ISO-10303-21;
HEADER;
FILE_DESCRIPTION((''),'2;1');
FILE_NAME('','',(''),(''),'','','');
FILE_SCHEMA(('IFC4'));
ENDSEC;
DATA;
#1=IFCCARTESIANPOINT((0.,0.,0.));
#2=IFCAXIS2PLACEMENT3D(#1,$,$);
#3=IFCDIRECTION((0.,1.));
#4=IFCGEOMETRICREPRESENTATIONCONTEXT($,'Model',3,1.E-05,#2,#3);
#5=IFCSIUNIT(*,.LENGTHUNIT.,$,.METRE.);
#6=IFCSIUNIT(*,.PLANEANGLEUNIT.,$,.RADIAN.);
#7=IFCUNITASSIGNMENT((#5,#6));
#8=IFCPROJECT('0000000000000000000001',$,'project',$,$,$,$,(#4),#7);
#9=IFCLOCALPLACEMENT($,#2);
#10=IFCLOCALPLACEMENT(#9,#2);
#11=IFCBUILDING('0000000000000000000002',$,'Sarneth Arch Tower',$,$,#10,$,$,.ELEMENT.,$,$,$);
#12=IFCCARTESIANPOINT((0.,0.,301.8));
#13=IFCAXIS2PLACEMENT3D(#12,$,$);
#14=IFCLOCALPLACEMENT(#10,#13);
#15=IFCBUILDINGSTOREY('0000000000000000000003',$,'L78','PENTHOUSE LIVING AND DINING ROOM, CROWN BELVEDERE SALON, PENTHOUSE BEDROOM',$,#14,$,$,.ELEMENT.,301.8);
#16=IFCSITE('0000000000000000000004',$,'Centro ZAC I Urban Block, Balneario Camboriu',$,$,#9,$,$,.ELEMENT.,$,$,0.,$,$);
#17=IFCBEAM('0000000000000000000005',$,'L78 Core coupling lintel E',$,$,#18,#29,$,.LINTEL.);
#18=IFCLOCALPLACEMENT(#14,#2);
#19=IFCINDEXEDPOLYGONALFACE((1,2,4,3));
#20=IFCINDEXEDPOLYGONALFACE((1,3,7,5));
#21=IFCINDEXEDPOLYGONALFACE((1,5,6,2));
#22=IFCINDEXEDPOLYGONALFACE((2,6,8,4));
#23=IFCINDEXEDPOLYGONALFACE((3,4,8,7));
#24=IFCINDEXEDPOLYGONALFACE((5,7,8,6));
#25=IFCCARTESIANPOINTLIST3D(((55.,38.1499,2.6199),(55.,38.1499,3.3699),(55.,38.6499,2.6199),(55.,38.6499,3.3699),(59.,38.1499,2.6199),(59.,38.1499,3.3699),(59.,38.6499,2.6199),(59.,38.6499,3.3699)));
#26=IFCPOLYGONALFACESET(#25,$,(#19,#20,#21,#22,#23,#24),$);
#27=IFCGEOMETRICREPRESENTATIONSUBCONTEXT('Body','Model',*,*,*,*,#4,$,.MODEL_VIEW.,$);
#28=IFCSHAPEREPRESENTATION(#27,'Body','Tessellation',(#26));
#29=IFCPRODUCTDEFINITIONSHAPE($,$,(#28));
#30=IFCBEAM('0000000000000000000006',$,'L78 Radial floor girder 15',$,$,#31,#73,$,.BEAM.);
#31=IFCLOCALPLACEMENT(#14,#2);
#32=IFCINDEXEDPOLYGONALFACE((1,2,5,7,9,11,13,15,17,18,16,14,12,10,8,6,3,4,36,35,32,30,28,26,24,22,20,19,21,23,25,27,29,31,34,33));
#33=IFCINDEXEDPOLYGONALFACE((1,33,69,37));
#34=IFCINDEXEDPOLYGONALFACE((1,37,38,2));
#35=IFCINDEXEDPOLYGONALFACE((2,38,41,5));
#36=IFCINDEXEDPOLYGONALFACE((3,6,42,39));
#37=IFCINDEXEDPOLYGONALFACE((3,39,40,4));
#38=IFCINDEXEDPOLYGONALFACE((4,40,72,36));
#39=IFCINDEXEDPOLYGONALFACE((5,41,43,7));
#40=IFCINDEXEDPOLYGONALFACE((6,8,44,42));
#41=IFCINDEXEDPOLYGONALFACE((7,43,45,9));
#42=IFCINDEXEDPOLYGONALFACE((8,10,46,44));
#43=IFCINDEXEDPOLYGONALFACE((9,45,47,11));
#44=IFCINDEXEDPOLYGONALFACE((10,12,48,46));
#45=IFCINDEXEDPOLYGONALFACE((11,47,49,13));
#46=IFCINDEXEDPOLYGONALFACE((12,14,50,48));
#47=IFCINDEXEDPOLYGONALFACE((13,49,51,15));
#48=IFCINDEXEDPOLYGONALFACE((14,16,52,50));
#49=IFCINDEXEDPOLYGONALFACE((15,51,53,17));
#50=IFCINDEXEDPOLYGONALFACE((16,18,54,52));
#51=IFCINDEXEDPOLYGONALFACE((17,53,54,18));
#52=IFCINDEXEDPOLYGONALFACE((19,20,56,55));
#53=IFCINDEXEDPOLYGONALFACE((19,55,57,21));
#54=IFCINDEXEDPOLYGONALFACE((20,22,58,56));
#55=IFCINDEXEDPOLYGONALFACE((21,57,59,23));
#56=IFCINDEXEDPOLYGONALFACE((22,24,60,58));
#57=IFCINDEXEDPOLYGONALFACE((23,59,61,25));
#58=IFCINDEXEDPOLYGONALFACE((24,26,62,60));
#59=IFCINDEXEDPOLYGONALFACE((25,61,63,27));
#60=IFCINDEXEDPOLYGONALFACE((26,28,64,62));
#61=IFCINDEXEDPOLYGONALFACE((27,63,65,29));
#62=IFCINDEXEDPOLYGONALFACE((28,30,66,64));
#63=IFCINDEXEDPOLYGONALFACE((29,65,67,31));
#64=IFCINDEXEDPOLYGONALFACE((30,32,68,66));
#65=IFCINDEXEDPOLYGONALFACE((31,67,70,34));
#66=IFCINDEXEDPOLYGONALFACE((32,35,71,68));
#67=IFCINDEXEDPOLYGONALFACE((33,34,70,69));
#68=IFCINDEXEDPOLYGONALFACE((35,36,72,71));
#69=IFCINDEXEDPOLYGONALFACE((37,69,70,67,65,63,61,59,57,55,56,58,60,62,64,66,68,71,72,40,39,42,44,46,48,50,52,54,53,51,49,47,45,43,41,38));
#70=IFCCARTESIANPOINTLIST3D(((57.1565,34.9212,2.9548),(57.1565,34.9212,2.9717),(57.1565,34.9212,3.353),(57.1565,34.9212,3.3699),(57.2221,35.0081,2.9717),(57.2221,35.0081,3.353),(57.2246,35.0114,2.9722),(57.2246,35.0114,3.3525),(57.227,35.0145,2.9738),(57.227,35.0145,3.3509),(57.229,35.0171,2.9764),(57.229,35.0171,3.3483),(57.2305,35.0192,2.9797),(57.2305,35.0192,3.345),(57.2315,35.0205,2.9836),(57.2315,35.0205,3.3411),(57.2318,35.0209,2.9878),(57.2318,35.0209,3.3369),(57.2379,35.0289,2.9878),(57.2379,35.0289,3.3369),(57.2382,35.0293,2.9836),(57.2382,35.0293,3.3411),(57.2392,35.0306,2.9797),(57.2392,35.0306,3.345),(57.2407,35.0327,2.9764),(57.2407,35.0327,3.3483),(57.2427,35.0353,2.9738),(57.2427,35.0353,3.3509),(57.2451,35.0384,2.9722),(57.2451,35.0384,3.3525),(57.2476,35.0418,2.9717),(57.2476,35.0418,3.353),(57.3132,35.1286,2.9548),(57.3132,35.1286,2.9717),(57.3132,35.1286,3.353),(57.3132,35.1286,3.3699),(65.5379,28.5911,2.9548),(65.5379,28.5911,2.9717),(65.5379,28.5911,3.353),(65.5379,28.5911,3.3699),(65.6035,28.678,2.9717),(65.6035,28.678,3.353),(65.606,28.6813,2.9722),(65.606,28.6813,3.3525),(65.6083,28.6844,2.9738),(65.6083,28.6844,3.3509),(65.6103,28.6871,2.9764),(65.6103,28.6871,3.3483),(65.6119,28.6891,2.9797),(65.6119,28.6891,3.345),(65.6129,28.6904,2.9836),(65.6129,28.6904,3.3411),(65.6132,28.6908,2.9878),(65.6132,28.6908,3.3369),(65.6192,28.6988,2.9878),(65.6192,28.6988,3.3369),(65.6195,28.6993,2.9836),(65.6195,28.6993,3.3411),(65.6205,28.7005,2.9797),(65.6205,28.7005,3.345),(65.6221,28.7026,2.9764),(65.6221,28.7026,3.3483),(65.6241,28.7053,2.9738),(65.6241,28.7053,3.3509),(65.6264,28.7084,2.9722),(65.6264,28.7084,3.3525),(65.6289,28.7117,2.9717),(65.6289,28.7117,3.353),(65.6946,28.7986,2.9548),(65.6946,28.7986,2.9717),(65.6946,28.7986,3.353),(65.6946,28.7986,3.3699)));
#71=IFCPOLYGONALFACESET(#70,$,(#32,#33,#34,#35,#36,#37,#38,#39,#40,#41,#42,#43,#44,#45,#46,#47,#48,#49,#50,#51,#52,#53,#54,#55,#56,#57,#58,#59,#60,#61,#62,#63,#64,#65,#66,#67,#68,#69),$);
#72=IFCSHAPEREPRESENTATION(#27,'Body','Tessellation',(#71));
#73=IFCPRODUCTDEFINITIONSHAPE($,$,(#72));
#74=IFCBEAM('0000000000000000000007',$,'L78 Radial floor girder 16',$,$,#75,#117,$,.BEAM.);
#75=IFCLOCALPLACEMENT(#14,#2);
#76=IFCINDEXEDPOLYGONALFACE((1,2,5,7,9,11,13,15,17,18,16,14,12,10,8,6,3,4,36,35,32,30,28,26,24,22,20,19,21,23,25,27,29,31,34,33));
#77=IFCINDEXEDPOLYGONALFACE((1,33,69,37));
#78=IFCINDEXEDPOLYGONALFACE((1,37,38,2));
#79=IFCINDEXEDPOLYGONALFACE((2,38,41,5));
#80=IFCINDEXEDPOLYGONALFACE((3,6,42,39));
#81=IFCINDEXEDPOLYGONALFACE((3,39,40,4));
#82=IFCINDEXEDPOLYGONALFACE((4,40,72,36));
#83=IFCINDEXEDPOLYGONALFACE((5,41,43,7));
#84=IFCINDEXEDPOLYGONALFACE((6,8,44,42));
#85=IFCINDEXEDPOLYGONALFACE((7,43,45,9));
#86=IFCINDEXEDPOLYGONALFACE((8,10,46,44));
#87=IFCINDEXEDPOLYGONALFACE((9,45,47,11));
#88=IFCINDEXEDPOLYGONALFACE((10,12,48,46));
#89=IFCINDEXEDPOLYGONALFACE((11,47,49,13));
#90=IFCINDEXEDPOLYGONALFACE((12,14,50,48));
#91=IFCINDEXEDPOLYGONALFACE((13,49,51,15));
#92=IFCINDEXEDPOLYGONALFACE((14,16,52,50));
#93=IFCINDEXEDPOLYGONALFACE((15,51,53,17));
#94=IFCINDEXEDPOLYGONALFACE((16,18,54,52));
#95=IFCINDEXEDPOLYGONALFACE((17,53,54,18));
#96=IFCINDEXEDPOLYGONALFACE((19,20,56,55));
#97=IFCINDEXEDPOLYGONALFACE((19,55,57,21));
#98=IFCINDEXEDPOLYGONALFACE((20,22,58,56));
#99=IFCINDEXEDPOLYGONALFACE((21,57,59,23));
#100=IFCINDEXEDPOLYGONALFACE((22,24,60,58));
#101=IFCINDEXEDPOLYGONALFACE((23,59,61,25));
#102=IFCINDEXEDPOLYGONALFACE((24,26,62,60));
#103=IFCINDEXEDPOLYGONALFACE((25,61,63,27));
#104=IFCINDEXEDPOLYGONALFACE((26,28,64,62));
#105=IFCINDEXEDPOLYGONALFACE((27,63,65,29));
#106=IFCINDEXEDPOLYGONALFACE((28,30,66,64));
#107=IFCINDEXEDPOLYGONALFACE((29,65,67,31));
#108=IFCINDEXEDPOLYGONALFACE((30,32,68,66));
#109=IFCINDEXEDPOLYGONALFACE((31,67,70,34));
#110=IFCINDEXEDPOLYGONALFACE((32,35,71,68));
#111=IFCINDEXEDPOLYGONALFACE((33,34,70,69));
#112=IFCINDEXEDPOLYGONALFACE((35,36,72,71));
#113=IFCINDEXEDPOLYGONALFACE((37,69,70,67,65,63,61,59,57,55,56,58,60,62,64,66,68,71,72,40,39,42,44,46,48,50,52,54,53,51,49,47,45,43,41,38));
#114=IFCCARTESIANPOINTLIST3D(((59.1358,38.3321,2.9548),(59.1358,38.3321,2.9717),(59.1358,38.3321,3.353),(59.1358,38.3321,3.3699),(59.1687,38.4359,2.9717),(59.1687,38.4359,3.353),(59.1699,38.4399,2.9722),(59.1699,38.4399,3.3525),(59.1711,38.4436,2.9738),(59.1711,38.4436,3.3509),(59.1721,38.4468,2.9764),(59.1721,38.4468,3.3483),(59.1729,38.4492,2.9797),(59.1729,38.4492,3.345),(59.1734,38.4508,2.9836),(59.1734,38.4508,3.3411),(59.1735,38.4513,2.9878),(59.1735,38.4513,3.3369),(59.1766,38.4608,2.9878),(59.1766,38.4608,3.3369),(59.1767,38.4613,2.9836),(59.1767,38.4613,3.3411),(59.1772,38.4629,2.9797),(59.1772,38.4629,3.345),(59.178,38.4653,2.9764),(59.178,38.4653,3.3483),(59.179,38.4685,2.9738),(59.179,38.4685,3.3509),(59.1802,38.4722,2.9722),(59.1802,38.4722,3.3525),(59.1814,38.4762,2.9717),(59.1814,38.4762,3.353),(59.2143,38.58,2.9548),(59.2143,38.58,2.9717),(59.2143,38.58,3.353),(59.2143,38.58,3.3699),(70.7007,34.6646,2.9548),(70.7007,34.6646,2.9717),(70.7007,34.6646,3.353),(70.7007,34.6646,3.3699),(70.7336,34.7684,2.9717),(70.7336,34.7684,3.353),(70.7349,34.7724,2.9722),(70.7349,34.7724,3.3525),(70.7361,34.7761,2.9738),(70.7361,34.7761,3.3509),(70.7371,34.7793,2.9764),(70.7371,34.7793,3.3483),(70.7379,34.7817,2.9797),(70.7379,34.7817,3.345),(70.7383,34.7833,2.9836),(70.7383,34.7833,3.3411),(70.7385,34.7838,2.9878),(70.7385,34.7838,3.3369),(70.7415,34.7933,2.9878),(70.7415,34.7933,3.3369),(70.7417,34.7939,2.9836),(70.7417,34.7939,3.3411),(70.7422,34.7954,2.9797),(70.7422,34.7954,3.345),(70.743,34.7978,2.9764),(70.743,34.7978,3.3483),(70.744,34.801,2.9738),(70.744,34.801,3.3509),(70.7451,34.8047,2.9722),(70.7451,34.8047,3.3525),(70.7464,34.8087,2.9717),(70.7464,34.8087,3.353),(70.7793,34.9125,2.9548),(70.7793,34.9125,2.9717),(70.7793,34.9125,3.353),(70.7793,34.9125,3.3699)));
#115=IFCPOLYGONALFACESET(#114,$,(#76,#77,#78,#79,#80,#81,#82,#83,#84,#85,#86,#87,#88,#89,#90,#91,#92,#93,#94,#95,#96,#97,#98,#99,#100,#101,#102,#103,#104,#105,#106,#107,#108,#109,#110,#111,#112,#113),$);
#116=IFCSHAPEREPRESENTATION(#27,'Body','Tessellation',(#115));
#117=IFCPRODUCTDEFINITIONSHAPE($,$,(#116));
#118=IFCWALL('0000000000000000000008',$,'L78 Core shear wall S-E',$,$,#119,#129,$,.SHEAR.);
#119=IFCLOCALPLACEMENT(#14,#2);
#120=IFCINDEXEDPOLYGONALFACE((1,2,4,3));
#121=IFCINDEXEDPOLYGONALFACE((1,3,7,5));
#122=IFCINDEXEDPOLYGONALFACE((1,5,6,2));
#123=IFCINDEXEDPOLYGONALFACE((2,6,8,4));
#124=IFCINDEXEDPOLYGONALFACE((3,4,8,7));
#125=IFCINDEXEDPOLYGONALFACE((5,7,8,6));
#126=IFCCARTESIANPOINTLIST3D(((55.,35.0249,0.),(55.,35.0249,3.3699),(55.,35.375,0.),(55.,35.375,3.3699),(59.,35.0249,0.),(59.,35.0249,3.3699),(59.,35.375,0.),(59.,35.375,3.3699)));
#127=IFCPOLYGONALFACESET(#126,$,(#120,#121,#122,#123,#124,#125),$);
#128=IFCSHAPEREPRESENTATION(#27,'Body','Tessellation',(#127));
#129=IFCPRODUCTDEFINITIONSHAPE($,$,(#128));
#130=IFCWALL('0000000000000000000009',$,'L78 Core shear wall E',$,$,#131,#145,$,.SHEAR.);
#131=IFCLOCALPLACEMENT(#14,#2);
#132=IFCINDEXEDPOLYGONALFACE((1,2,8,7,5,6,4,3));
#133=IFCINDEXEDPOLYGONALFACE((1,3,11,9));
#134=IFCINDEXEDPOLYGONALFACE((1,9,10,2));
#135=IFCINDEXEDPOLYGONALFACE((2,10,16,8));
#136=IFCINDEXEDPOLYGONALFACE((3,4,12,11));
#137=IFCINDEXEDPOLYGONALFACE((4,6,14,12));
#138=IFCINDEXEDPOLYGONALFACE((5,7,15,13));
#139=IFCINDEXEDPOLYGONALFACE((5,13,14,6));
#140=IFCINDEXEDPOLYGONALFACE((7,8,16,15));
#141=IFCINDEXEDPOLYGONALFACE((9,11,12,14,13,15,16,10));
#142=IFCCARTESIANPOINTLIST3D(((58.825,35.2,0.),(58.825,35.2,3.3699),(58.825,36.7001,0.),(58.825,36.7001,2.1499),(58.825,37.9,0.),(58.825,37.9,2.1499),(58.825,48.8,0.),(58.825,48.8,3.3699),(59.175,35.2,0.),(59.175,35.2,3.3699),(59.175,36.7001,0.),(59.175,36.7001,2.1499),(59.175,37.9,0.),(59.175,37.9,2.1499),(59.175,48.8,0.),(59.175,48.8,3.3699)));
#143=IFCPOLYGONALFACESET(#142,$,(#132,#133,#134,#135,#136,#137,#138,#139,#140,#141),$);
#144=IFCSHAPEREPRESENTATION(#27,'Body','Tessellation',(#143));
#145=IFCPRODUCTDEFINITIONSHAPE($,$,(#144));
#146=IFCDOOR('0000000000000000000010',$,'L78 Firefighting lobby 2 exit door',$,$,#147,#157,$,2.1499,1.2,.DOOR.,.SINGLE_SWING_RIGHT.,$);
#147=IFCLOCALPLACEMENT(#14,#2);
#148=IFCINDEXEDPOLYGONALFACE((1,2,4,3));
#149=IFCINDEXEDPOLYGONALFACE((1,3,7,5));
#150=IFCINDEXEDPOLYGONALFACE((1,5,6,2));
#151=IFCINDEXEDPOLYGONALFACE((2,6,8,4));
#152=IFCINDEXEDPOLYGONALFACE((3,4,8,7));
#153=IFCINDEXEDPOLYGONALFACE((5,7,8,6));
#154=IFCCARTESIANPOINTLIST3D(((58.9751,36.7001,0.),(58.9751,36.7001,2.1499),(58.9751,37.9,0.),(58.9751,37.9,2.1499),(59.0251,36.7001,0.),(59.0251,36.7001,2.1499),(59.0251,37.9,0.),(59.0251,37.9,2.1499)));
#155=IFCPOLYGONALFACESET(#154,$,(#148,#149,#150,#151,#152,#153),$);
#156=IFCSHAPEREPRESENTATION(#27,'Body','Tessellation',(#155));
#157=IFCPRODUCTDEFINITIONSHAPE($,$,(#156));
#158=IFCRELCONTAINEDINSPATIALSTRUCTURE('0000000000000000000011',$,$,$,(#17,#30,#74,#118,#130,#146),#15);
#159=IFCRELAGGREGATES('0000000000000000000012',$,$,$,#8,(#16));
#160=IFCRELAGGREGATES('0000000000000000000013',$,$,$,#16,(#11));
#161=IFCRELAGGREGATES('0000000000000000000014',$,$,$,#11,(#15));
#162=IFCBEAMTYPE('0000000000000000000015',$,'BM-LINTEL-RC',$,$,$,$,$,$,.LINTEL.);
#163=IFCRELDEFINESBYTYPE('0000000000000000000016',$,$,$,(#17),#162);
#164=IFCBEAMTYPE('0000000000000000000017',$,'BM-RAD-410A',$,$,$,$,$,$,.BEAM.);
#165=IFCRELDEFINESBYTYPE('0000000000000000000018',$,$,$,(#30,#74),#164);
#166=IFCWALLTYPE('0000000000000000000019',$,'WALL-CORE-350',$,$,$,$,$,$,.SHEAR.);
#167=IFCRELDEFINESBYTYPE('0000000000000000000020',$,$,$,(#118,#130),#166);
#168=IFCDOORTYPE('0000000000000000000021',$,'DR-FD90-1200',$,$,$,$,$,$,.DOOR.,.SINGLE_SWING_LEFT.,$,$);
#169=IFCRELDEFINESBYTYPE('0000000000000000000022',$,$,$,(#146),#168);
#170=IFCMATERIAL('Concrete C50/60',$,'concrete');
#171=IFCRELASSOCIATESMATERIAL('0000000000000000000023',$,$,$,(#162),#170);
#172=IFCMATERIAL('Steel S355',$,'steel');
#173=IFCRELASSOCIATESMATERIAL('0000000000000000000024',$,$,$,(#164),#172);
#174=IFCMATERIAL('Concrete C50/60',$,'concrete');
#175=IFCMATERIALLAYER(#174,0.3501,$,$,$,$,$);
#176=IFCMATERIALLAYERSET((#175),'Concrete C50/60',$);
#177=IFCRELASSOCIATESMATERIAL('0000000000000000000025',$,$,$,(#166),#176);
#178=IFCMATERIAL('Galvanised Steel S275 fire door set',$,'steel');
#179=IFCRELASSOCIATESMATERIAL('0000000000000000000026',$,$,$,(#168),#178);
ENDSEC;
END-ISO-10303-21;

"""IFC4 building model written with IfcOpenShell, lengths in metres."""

from ifc_helpers import new_model, si_unit, direction, frame, frame_2d, origin, origin_2d, place, context, subcontext, project, spatial, rectangle, i_section, extrude, material, layer, layer_set, material_profile, profile_set, type_object, element, fill, save


model = new_model("IFC4")

# Units and contexts
model_context = context("Model", 3, precision=1e-05, world=origin(), true_north=direction((0.0, 1.0)))
body_context = subcontext(model_context, "Body", "Model", "MODEL_VIEW")
ifc_project = project(units=[si_unit("LENGTHUNIT", "METRE"), si_unit("PLANEANGLEUNIT", "RADIAN")], contexts=[model_context])

# Site, building, storey
site_placement = place(None, origin())
site = spatial("IfcSite", under=ifc_project, at=site_placement, Name="Centro ZAC I Urban Block, Balneario Camboriu", CompositionType="ELEMENT", RefElevation=0.0)
building_placement = place(site_placement, origin())
building = spatial("IfcBuilding", under=site, at=building_placement, Name="Sarneth Arch Tower", CompositionType="ELEMENT")
storey_placement = place(building_placement, frame((0.0, 0.0, 301.8)))
storey = spatial("IfcBuildingStorey", under=building, at=storey_placement, Name="L78", Description="PENTHOUSE LIVING AND DINING ROOM, CROWN BELVEDERE SALON, PENTHOUSE BEDROOM", CompositionType="ELEMENT", Elevation=301.8)

# Beams
ifc_material_1 = material(Name="Concrete C50/60", Category="concrete")
ifc_material_profile_1 = material_profile(ifc_material_1, rectangle(XDim=0.5, YDim=0.75, at=origin_2d()), Name="RC-500x750")
ifc_profile_set_1 = profile_set([ifc_material_profile_1], Name="Concrete C50/60")
beam_type_1 = type_object("IfcBeamType", Name="BM-LINTEL-RC", PredefinedType="LINTEL", material=ifc_profile_set_1)
beam_1_placement = place(storey_placement, frame((55.0, 38.3999, 2.9949), z_axis=(1.0, 0.0, 0.0), x_axis=(0.0, 1.0, 0.0)))
element("IfcBeam", 1, at=beam_1_placement, inside=storey, type_object=beam_type_1, Name="L78 Core coupling lintel E", PredefinedType="LINTEL", context=body_context, shape_type="SweptSolid", body=[
    extrude(rectangle(XDim=0.5, YDim=0.75, at=origin_2d()), origin(), (0.0, 0.0, 1.0), 4.0),
])
ifc_material_2 = material(Name="Steel S355", Category="steel")
ifc_material_profile_2 = material_profile(ifc_material_2, i_section(OverallWidth=0.26, OverallDepth=0.415, WebThickness=0.01, FlangeThickness=0.0168, FilletRadius=0.0161, at=origin_2d()), Name="W410x100")
ifc_profile_set_2 = profile_set([ifc_material_profile_2], Name="Steel S355")
beam_type_2 = type_object("IfcBeamType", Name="BM-RAD-410A", PredefinedType="BEAM", material=ifc_profile_set_2)
beam_2_placement = place(storey_placement, frame((57.2349, 35.0249, 3.1624), z_axis=(0.797982, -0.602682, 0.0), x_axis=(0.602682, 0.797982, 0.0)))
element("IfcBeam", 2, at=beam_2_placement, inside=storey, type_object=beam_type_2, Name="L78 Radial floor girder 15", PredefinedType="BEAM", context=body_context, shape_type="SweptSolid", body=[
    extrude(i_section(OverallWidth=0.26, OverallDepth=0.415, WebThickness=0.01, FlangeThickness=0.0168, FilletRadius=0.0161, at=origin_2d()), origin(), (0.0, 0.0, 1.0), 10.5032),
])
beam_3_placement = place(storey_placement, frame((59.175, 38.4561, 3.1624), z_axis=(0.953218, -0.302285, 0.0), x_axis=(0.302285, 0.953218, 0.0)))
element("IfcBeam", 3, at=beam_3_placement, inside=storey, type_object=beam_type_2, Name="L78 Radial floor girder 16", PredefinedType="BEAM", context=body_context, shape_type="SweptSolid", body=[
    extrude(i_section(OverallWidth=0.26, OverallDepth=0.415, WebThickness=0.01, FlangeThickness=0.0168, FilletRadius=0.0161, at=origin_2d()), origin(), (0.0, 0.0, 1.0), 12.1326),
])

# Wall
ifc_material_3 = material(Name="Concrete C50/60", Category="concrete")
ifc_layer_1 = layer(ifc_material_3, 0.3501)
ifc_layer_set_1 = layer_set([ifc_layer_1], Name="Concrete C50/60")
wall_type_1 = type_object("IfcWallType", Name="WALL-CORE-350", PredefinedType="SHEAR", material=ifc_layer_set_1)
wall_1_placement = place(storey_placement, frame((55.0, 35.2, 0.0), z_axis=(0.0, 0.0, 1.0), x_axis=(1.0, 0.0, 0.0)))
element("IfcWall", 4, at=wall_1_placement, inside=storey, type_object=wall_type_1, Name="L78 Core shear wall S-E", PredefinedType="SHEAR", context=body_context, shape_type="SweptSolid", body=[
    extrude(rectangle(XDim=4.0, YDim=0.3501, at=frame_2d((2.0, 0.0))), origin(), (0.0, 0.0, 1.0), 3.3699),
])

# Wall, opening, door
wall_2_placement = place(storey_placement, frame((59.0, 35.2, 0.0), z_axis=(0.0, 0.0, 1.0), x_axis=(0.0, 1.0, 0.0)))
wall_2 = element("IfcWall", 5, at=wall_2_placement, inside=storey, type_object=wall_type_1, Name="L78 Core shear wall E", PredefinedType="SHEAR", context=body_context, shape_type="SweptSolid", body=[
    extrude(rectangle(XDim=13.6001, YDim=0.3501, at=frame_2d((6.8, 0.0))), origin(), (0.0, 0.0, 1.0), 3.3699),
])
opening_1_placement = place(wall_2_placement, frame((1.5, 0.0, 0.0)))
opening_1 = element("IfcOpeningElement", 6, at=opening_1_placement, cuts=wall_2, PredefinedType="OPENING", context=body_context, shape_type="SweptSolid", body=[
    extrude(rectangle(XDim=1.2, YDim=2.1499, at=frame_2d((0.6001, 1.075))), frame((0.0, 0.1851, 0.0), z_axis=(0.0, -1.0, 0.0), x_axis=(1.0, 0.0, 0.0)), (0.0, 0.0, 1.0), 0.3701),
])
ifc_material_4 = material(Name="Galvanised Steel S275 fire door set", Category="steel")
door_type_1 = type_object("IfcDoorType", Name="DR-FD90-1200", OperationType="SINGLE_SWING_LEFT", PredefinedType="DOOR", material=ifc_material_4)
door_1_placement = place(opening_1_placement, origin())
door_1 = element("IfcDoor", 7, at=door_1_placement, inside=storey, type_object=door_type_1, Name="L78 Firefighting lobby 2 exit door", OperationType="SINGLE_SWING_RIGHT", OverallHeight=2.1499, OverallWidth=1.2, PredefinedType="DOOR", context=body_context, shape_type="SweptSolid", body=[
    extrude(rectangle(XDim=1.2, YDim=2.1499, at=frame_2d((0.6001, 1.075))), frame((0.0, 0.0249, 0.0), z_axis=(0.0, -1.0, 0.0), x_axis=(1.0, 0.0, 0.0)), (0.0, 0.0, 1.0), 0.05),
])
fill(opening_1, door_1)

save(model, "model.ifc")
